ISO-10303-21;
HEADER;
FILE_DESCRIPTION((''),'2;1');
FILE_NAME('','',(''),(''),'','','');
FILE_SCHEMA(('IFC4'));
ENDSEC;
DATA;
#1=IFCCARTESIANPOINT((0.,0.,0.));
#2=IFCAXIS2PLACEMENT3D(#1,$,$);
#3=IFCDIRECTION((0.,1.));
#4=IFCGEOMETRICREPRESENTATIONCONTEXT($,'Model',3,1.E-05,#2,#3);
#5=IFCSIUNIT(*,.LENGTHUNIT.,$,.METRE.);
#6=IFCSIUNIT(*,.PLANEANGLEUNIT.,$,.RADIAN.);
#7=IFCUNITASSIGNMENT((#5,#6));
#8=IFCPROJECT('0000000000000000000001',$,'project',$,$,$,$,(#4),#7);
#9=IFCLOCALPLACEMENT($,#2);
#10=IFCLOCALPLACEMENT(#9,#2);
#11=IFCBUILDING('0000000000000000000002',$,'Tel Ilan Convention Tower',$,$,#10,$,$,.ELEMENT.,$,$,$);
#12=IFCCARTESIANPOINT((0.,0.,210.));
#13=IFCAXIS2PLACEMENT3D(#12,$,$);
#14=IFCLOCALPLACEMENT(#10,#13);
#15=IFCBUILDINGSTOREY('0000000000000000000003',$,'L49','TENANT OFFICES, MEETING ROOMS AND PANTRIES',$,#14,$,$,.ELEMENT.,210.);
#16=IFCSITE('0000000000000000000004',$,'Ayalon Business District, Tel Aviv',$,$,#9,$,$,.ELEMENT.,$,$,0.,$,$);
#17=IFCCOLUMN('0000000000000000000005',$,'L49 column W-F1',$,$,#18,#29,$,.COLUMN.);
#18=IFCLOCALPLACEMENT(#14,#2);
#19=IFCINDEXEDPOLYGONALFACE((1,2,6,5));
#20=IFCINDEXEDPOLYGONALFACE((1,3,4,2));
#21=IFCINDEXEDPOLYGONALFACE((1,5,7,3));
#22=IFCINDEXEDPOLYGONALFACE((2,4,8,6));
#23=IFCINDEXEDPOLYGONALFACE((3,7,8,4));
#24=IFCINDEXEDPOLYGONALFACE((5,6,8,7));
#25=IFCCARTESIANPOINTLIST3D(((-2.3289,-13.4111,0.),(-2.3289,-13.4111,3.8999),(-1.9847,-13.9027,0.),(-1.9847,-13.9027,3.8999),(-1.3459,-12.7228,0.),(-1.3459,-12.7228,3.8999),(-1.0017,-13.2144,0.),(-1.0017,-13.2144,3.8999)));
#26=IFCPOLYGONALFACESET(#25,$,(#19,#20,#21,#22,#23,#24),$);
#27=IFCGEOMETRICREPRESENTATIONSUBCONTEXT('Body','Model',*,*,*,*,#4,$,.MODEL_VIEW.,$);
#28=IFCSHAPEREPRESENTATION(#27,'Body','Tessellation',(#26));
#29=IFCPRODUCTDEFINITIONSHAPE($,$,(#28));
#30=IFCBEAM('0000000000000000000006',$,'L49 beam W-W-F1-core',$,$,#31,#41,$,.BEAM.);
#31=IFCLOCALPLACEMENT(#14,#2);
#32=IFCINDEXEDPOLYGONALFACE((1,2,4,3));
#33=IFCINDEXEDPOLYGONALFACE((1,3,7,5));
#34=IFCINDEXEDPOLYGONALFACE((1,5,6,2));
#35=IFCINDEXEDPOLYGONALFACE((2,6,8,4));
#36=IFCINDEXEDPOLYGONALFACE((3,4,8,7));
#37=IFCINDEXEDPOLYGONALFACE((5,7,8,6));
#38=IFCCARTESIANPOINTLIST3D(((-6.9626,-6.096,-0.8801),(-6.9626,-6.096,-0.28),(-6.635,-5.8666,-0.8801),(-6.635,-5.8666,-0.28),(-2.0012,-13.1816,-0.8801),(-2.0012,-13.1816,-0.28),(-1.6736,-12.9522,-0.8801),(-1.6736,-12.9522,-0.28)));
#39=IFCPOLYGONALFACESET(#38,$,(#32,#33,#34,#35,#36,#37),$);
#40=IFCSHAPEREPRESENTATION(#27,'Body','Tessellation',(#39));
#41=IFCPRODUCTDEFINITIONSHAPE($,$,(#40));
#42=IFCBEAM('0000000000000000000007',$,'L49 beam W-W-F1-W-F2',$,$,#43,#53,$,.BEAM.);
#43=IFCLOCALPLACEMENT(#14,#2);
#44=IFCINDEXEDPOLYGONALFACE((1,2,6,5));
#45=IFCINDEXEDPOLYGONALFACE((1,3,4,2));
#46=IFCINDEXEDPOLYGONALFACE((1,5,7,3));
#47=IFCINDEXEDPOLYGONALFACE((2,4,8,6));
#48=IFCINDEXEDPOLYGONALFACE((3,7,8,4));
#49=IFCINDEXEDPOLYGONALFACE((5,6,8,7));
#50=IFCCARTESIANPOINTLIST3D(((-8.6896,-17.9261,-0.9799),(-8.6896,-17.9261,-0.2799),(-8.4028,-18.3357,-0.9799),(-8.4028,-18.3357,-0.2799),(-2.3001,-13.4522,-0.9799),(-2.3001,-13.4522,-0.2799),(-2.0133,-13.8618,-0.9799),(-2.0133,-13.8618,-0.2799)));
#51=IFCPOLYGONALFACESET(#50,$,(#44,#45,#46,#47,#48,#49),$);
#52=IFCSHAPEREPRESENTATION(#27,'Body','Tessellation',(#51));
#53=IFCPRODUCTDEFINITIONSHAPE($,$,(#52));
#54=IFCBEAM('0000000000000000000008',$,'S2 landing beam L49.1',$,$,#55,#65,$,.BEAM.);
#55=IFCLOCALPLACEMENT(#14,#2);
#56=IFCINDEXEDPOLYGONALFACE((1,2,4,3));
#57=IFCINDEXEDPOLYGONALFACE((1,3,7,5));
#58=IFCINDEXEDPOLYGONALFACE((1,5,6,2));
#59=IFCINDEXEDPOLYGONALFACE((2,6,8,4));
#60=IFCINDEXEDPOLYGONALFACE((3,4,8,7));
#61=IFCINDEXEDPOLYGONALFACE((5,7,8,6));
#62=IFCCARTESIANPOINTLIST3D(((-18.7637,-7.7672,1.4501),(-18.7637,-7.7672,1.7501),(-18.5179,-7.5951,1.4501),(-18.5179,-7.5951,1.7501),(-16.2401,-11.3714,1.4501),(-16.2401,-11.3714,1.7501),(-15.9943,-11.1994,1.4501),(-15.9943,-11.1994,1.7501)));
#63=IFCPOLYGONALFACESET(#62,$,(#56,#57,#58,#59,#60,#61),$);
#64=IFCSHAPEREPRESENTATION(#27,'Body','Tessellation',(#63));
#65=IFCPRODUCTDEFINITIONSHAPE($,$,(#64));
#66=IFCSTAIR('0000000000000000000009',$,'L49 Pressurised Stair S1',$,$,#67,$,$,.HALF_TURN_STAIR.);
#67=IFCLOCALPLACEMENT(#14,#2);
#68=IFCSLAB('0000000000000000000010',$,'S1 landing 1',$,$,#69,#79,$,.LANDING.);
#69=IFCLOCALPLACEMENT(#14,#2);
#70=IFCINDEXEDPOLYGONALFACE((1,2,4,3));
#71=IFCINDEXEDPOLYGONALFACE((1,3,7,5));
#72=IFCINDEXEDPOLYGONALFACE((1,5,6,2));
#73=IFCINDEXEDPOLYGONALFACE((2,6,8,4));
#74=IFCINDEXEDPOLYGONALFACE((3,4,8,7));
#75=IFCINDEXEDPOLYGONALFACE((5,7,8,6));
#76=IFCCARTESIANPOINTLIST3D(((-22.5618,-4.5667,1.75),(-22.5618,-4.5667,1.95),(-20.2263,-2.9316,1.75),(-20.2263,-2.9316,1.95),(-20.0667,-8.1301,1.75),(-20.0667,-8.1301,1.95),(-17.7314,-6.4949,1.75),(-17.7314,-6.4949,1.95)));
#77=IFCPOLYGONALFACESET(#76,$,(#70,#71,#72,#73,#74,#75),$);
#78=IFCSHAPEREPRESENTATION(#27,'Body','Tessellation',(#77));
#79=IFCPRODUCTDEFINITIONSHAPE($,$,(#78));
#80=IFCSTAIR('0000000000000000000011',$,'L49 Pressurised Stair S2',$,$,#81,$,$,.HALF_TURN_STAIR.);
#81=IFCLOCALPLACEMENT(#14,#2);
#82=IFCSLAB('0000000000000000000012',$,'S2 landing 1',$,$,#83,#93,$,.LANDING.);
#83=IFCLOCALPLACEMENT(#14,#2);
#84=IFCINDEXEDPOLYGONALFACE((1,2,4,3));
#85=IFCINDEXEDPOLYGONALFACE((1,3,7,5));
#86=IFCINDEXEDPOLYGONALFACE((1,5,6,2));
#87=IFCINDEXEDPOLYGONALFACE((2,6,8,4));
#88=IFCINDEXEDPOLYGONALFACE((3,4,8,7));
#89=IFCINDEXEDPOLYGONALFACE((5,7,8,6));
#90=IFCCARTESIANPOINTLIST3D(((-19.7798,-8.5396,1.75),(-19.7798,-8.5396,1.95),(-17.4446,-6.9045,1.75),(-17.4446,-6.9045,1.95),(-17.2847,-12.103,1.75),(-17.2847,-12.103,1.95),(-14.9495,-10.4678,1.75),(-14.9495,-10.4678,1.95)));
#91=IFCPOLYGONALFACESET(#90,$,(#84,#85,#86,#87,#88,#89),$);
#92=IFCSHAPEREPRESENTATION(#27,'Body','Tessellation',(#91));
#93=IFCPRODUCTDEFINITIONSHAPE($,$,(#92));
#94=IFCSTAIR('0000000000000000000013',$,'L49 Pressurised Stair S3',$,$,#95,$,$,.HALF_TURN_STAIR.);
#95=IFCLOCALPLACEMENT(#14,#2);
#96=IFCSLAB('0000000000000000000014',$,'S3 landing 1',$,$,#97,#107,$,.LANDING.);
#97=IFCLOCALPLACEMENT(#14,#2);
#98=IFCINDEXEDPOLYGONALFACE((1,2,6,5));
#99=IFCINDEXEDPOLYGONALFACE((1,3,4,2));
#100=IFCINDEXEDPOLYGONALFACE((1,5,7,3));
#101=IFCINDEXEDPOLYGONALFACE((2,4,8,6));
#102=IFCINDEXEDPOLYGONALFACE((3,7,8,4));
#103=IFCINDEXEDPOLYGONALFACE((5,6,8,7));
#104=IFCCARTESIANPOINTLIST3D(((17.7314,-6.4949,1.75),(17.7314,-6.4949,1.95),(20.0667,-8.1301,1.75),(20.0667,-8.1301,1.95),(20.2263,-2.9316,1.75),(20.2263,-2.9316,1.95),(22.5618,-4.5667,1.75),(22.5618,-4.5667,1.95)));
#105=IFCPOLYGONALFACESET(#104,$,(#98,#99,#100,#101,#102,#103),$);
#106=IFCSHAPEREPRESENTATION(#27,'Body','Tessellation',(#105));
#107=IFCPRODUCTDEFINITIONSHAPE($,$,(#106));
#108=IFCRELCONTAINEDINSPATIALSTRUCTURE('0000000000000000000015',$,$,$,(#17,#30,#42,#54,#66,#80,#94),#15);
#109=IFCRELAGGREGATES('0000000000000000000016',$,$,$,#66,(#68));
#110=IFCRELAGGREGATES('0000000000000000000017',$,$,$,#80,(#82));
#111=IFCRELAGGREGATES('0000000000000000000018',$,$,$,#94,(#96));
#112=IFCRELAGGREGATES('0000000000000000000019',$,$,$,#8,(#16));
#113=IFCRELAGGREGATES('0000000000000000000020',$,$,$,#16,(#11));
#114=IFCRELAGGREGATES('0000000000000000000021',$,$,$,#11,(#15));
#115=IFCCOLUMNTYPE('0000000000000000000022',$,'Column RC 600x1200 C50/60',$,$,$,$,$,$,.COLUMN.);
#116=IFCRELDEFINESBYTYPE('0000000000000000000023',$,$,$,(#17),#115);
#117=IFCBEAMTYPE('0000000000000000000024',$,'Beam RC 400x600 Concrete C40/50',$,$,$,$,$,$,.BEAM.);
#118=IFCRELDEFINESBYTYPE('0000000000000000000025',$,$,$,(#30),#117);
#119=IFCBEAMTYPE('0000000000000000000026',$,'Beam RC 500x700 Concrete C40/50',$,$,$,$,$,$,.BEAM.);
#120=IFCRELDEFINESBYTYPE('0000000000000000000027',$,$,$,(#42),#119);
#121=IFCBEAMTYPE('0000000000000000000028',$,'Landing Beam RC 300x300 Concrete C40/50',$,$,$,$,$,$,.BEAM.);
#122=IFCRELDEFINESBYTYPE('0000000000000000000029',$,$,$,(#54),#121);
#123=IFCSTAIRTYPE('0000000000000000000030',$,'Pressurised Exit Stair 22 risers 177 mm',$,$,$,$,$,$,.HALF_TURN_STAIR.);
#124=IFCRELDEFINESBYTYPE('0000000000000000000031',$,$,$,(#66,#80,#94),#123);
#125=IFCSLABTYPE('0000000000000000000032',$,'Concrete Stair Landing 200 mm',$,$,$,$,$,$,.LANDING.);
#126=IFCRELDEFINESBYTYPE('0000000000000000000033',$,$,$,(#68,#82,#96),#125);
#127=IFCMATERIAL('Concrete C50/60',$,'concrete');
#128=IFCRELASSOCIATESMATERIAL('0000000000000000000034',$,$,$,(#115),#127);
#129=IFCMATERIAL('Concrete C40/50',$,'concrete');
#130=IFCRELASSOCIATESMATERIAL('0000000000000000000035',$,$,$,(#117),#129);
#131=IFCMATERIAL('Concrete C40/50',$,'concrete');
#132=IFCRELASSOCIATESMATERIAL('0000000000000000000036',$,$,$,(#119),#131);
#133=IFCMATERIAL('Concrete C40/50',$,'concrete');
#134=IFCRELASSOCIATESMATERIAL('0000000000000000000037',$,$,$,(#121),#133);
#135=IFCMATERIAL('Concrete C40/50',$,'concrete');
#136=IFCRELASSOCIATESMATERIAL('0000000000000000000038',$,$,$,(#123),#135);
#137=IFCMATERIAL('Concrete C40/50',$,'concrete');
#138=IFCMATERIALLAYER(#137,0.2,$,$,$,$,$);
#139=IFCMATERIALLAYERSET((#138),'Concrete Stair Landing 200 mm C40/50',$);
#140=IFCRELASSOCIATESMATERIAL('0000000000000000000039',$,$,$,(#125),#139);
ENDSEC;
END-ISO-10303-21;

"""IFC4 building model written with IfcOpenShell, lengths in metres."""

from ifc_helpers import new_model, si_unit, direction, frame, origin, origin_2d, place, context, subcontext, project, spatial, polyline, rectangle, outline, extrude, material, layer, layer_set, material_profile, profile_set, type_object, element, aggregate, save


model = new_model("IFC4")

# Units and contexts
model_context = context("Model", 3, precision=1e-05, world=origin(), true_north=direction((0.0, 1.0)))
body_context = subcontext(model_context, "Body", "Model", "MODEL_VIEW")
ifc_project = project(units=[si_unit("LENGTHUNIT", "METRE"), si_unit("PLANEANGLEUNIT", "RADIAN")], contexts=[model_context])

# Site, building, storey
site_placement = place(None, origin())
site = spatial("IfcSite", under=ifc_project, at=site_placement, Name="Ayalon Business District, Tel Aviv", CompositionType="ELEMENT", RefElevation=0.0)
building_placement = place(site_placement, origin())
building = spatial("IfcBuilding", under=site, at=building_placement, Name="Tel Ilan Convention Tower", CompositionType="ELEMENT")
storey_placement = place(building_placement, frame((0.0, 0.0, 210.0)))
storey = spatial("IfcBuildingStorey", under=building, at=storey_placement, Name="L49", Description="TENANT OFFICES, MEETING ROOMS AND PANTRIES", CompositionType="ELEMENT", Elevation=210.0)

# Column
ifc_material_1 = material(Name="Concrete C50/60", Category="concrete")
ifc_material_profile_1 = material_profile(ifc_material_1, rectangle(XDim=1.2, YDim=0.6001, at=origin_2d()), Name="RC 600x1200")
ifc_profile_set_1 = profile_set([ifc_material_profile_1], Name="Concrete C50/60")
column_type = type_object("IfcColumnType", Name="Column RC 600x1200 C50/60", PredefinedType="COLUMN", material=ifc_profile_set_1)
column_placement = place(storey_placement, frame((-1.6653, -13.3127, 0.0), z_axis=(0.0, 0.0, 1.0), x_axis=(-0.819152, -0.573576, 0.0)))
element("IfcColumn", 1, at=column_placement, inside=storey, type_object=column_type, Name="L49 column W-F1", PredefinedType="COLUMN", context=body_context, shape_type="SweptSolid", body=[
    extrude(rectangle(XDim=1.2, YDim=0.6001, at=origin_2d()), origin(), (0.0, 0.0, 1.0), 3.8999),
])

# Beams
ifc_material_2 = material(Name="Concrete C40/50", Category="concrete")
ifc_material_profile_2 = material_profile(ifc_material_2, rectangle(XDim=0.3999, YDim=0.6001, at=origin_2d()), Name="RC 400x600")
ifc_profile_set_2 = profile_set([ifc_material_profile_2], Name="Concrete C40/50")
beam_type_1 = type_object("IfcBeamType", Name="Beam RC 400x600 Concrete C40/50", PredefinedType="BEAM", material=ifc_profile_set_2)
beam_1_placement = place(storey_placement, frame((-1.8374, -13.0669, -0.5801), z_axis=(-0.573574, 0.819154, 0.0), x_axis=(-0.819154, -0.573574, 0.0)))
element("IfcBeam", 2, at=beam_1_placement, inside=storey, type_object=beam_type_1, Name="L49 beam W-W-F1-core", PredefinedType="BEAM", context=body_context, shape_type="SweptSolid", body=[
    extrude(rectangle(XDim=0.3999, YDim=0.6001, at=origin_2d()), origin(), (0.0, 0.0, 1.0), 8.6499),
])
ifc_material_3 = material(Name="Concrete C40/50", Category="concrete")
ifc_material_profile_3 = material_profile(ifc_material_3, rectangle(XDim=0.5, YDim=0.7, at=origin_2d()), Name="RC 500x700")
ifc_profile_set_3 = profile_set([ifc_material_profile_3], Name="Concrete C40/50")
beam_type_2 = type_object("IfcBeamType", Name="Beam RC 500x700 Concrete C40/50", PredefinedType="BEAM", material=ifc_profile_set_3)
beam_2_placement = place(storey_placement, frame((-2.1567, -13.657, -0.6299), z_axis=(-0.819154, -0.573574, 0.0), x_axis=(0.573574, -0.819154, 0.0)))
element("IfcBeam", 3, at=beam_2_placement, inside=storey, type_object=beam_type_2, Name="L49 beam W-W-F1-W-F2", PredefinedType="BEAM", context=body_context, shape_type="SweptSolid", body=[
    extrude(rectangle(XDim=0.5, YDim=0.7, at=origin_2d()), origin(), (0.0, 0.0, 1.0), 7.8),
])
ifc_material_4 = material(Name="Concrete C40/50", Category="concrete")
ifc_material_profile_4 = material_profile(ifc_material_4, rectangle(XDim=0.3, YDim=0.3, at=origin_2d()), Name="RC 300x300")
ifc_profile_set_4 = profile_set([ifc_material_profile_4], Name="Concrete C40/50")
beam_type_3 = type_object("IfcBeamType", Name="Landing Beam RC 300x300 Concrete C40/50", PredefinedType="BEAM", material=ifc_profile_set_4)
beam_3_placement = place(storey_placement, frame((-16.1172, -11.2854, 1.6001), z_axis=(-0.57357, 0.819156, 0.0), x_axis=(-0.819156, -0.57357, 0.0)))
element("IfcBeam", 4, at=beam_3_placement, inside=storey, type_object=beam_type_3, Name="S2 landing beam L49.1", PredefinedType="BEAM", context=body_context, shape_type="SweptSolid", body=[
    extrude(rectangle(XDim=0.3, YDim=0.3, at=origin_2d()), origin(), (0.0, 0.0, 1.0), 4.3999),
])

# Stairs, slabs
ifc_material_5 = material(Name="Concrete C40/50", Category="concrete")
stair_type = type_object("IfcStairType", Name="Pressurised Exit Stair 22 risers 177 mm", PredefinedType="HALF_TURN_STAIR", material=ifc_material_5)
stair_1_placement = place(storey_placement, origin())
stair_1 = element("IfcStair", 5, at=stair_1_placement, inside=storey, type_object=stair_type, Name="L49 Pressurised Stair S1", PredefinedType="HALF_TURN_STAIR")
ifc_material_6 = material(Name="Concrete C40/50", Category="concrete")
ifc_layer_1 = layer(ifc_material_6, 0.2)
ifc_layer_set_1 = layer_set([ifc_layer_1], Name="Concrete Stair Landing 200 mm C40/50")
slab_type_1 = type_object("IfcSlabType", Name="Concrete Stair Landing 200 mm", PredefinedType="LANDING", material=ifc_layer_set_1)
slab_1_placement = place(storey_placement, frame((0.0, 0.0, 1.75)))
slab_1 = element("IfcSlab", 6, at=slab_1_placement, type_object=slab_type_1, Name="S1 landing 1", PredefinedType="LANDING", context=body_context, shape_type="SweptSolid", body=[
    extrude(outline(polyline([(-20.0667, -8.1301), (-17.7314, -6.4949), (-20.2263, -2.9316), (-22.5618, -4.5667), (-20.0667, -8.1301)])), origin(), (0.0, 0.0, 1.0), 0.2),
])
aggregate(stair_1, [slab_1])
stair_2_placement = place(storey_placement, origin())
stair_2 = element("IfcStair", 7, at=stair_2_placement, inside=storey, type_object=stair_type, Name="L49 Pressurised Stair S2", PredefinedType="HALF_TURN_STAIR")
slab_2_placement = place(storey_placement, frame((0.0, 0.0, 1.75)))
slab_2 = element("IfcSlab", 8, at=slab_2_placement, type_object=slab_type_1, Name="S2 landing 1", PredefinedType="LANDING", context=body_context, shape_type="SweptSolid", body=[
    extrude(outline(polyline([(-17.2847, -12.103), (-14.9495, -10.4678), (-17.4446, -6.9045), (-19.7798, -8.5396), (-17.2847, -12.103)])), origin(), (0.0, 0.0, 1.0), 0.2),
])
aggregate(stair_2, [slab_2])
stair_3_placement = place(storey_placement, origin())
stair_3 = element("IfcStair", 9, at=stair_3_placement, inside=storey, type_object=stair_type, Name="L49 Pressurised Stair S3", PredefinedType="HALF_TURN_STAIR")
slab_3_placement = place(storey_placement, frame((0.0, 0.0, 1.75)))
slab_3 = element("IfcSlab", 10, at=slab_3_placement, type_object=slab_type_1, Name="S3 landing 1", PredefinedType="LANDING", context=body_context, shape_type="SweptSolid", body=[
    extrude(outline(polyline([(22.5618, -4.5667), (20.2263, -2.9316), (17.7314, -6.4949), (20.0667, -8.1301), (22.5618, -4.5667)])), origin(), (0.0, 0.0, 1.0), 0.2),
])
aggregate(stair_3, [slab_3])

save(model, "model.ifc")
